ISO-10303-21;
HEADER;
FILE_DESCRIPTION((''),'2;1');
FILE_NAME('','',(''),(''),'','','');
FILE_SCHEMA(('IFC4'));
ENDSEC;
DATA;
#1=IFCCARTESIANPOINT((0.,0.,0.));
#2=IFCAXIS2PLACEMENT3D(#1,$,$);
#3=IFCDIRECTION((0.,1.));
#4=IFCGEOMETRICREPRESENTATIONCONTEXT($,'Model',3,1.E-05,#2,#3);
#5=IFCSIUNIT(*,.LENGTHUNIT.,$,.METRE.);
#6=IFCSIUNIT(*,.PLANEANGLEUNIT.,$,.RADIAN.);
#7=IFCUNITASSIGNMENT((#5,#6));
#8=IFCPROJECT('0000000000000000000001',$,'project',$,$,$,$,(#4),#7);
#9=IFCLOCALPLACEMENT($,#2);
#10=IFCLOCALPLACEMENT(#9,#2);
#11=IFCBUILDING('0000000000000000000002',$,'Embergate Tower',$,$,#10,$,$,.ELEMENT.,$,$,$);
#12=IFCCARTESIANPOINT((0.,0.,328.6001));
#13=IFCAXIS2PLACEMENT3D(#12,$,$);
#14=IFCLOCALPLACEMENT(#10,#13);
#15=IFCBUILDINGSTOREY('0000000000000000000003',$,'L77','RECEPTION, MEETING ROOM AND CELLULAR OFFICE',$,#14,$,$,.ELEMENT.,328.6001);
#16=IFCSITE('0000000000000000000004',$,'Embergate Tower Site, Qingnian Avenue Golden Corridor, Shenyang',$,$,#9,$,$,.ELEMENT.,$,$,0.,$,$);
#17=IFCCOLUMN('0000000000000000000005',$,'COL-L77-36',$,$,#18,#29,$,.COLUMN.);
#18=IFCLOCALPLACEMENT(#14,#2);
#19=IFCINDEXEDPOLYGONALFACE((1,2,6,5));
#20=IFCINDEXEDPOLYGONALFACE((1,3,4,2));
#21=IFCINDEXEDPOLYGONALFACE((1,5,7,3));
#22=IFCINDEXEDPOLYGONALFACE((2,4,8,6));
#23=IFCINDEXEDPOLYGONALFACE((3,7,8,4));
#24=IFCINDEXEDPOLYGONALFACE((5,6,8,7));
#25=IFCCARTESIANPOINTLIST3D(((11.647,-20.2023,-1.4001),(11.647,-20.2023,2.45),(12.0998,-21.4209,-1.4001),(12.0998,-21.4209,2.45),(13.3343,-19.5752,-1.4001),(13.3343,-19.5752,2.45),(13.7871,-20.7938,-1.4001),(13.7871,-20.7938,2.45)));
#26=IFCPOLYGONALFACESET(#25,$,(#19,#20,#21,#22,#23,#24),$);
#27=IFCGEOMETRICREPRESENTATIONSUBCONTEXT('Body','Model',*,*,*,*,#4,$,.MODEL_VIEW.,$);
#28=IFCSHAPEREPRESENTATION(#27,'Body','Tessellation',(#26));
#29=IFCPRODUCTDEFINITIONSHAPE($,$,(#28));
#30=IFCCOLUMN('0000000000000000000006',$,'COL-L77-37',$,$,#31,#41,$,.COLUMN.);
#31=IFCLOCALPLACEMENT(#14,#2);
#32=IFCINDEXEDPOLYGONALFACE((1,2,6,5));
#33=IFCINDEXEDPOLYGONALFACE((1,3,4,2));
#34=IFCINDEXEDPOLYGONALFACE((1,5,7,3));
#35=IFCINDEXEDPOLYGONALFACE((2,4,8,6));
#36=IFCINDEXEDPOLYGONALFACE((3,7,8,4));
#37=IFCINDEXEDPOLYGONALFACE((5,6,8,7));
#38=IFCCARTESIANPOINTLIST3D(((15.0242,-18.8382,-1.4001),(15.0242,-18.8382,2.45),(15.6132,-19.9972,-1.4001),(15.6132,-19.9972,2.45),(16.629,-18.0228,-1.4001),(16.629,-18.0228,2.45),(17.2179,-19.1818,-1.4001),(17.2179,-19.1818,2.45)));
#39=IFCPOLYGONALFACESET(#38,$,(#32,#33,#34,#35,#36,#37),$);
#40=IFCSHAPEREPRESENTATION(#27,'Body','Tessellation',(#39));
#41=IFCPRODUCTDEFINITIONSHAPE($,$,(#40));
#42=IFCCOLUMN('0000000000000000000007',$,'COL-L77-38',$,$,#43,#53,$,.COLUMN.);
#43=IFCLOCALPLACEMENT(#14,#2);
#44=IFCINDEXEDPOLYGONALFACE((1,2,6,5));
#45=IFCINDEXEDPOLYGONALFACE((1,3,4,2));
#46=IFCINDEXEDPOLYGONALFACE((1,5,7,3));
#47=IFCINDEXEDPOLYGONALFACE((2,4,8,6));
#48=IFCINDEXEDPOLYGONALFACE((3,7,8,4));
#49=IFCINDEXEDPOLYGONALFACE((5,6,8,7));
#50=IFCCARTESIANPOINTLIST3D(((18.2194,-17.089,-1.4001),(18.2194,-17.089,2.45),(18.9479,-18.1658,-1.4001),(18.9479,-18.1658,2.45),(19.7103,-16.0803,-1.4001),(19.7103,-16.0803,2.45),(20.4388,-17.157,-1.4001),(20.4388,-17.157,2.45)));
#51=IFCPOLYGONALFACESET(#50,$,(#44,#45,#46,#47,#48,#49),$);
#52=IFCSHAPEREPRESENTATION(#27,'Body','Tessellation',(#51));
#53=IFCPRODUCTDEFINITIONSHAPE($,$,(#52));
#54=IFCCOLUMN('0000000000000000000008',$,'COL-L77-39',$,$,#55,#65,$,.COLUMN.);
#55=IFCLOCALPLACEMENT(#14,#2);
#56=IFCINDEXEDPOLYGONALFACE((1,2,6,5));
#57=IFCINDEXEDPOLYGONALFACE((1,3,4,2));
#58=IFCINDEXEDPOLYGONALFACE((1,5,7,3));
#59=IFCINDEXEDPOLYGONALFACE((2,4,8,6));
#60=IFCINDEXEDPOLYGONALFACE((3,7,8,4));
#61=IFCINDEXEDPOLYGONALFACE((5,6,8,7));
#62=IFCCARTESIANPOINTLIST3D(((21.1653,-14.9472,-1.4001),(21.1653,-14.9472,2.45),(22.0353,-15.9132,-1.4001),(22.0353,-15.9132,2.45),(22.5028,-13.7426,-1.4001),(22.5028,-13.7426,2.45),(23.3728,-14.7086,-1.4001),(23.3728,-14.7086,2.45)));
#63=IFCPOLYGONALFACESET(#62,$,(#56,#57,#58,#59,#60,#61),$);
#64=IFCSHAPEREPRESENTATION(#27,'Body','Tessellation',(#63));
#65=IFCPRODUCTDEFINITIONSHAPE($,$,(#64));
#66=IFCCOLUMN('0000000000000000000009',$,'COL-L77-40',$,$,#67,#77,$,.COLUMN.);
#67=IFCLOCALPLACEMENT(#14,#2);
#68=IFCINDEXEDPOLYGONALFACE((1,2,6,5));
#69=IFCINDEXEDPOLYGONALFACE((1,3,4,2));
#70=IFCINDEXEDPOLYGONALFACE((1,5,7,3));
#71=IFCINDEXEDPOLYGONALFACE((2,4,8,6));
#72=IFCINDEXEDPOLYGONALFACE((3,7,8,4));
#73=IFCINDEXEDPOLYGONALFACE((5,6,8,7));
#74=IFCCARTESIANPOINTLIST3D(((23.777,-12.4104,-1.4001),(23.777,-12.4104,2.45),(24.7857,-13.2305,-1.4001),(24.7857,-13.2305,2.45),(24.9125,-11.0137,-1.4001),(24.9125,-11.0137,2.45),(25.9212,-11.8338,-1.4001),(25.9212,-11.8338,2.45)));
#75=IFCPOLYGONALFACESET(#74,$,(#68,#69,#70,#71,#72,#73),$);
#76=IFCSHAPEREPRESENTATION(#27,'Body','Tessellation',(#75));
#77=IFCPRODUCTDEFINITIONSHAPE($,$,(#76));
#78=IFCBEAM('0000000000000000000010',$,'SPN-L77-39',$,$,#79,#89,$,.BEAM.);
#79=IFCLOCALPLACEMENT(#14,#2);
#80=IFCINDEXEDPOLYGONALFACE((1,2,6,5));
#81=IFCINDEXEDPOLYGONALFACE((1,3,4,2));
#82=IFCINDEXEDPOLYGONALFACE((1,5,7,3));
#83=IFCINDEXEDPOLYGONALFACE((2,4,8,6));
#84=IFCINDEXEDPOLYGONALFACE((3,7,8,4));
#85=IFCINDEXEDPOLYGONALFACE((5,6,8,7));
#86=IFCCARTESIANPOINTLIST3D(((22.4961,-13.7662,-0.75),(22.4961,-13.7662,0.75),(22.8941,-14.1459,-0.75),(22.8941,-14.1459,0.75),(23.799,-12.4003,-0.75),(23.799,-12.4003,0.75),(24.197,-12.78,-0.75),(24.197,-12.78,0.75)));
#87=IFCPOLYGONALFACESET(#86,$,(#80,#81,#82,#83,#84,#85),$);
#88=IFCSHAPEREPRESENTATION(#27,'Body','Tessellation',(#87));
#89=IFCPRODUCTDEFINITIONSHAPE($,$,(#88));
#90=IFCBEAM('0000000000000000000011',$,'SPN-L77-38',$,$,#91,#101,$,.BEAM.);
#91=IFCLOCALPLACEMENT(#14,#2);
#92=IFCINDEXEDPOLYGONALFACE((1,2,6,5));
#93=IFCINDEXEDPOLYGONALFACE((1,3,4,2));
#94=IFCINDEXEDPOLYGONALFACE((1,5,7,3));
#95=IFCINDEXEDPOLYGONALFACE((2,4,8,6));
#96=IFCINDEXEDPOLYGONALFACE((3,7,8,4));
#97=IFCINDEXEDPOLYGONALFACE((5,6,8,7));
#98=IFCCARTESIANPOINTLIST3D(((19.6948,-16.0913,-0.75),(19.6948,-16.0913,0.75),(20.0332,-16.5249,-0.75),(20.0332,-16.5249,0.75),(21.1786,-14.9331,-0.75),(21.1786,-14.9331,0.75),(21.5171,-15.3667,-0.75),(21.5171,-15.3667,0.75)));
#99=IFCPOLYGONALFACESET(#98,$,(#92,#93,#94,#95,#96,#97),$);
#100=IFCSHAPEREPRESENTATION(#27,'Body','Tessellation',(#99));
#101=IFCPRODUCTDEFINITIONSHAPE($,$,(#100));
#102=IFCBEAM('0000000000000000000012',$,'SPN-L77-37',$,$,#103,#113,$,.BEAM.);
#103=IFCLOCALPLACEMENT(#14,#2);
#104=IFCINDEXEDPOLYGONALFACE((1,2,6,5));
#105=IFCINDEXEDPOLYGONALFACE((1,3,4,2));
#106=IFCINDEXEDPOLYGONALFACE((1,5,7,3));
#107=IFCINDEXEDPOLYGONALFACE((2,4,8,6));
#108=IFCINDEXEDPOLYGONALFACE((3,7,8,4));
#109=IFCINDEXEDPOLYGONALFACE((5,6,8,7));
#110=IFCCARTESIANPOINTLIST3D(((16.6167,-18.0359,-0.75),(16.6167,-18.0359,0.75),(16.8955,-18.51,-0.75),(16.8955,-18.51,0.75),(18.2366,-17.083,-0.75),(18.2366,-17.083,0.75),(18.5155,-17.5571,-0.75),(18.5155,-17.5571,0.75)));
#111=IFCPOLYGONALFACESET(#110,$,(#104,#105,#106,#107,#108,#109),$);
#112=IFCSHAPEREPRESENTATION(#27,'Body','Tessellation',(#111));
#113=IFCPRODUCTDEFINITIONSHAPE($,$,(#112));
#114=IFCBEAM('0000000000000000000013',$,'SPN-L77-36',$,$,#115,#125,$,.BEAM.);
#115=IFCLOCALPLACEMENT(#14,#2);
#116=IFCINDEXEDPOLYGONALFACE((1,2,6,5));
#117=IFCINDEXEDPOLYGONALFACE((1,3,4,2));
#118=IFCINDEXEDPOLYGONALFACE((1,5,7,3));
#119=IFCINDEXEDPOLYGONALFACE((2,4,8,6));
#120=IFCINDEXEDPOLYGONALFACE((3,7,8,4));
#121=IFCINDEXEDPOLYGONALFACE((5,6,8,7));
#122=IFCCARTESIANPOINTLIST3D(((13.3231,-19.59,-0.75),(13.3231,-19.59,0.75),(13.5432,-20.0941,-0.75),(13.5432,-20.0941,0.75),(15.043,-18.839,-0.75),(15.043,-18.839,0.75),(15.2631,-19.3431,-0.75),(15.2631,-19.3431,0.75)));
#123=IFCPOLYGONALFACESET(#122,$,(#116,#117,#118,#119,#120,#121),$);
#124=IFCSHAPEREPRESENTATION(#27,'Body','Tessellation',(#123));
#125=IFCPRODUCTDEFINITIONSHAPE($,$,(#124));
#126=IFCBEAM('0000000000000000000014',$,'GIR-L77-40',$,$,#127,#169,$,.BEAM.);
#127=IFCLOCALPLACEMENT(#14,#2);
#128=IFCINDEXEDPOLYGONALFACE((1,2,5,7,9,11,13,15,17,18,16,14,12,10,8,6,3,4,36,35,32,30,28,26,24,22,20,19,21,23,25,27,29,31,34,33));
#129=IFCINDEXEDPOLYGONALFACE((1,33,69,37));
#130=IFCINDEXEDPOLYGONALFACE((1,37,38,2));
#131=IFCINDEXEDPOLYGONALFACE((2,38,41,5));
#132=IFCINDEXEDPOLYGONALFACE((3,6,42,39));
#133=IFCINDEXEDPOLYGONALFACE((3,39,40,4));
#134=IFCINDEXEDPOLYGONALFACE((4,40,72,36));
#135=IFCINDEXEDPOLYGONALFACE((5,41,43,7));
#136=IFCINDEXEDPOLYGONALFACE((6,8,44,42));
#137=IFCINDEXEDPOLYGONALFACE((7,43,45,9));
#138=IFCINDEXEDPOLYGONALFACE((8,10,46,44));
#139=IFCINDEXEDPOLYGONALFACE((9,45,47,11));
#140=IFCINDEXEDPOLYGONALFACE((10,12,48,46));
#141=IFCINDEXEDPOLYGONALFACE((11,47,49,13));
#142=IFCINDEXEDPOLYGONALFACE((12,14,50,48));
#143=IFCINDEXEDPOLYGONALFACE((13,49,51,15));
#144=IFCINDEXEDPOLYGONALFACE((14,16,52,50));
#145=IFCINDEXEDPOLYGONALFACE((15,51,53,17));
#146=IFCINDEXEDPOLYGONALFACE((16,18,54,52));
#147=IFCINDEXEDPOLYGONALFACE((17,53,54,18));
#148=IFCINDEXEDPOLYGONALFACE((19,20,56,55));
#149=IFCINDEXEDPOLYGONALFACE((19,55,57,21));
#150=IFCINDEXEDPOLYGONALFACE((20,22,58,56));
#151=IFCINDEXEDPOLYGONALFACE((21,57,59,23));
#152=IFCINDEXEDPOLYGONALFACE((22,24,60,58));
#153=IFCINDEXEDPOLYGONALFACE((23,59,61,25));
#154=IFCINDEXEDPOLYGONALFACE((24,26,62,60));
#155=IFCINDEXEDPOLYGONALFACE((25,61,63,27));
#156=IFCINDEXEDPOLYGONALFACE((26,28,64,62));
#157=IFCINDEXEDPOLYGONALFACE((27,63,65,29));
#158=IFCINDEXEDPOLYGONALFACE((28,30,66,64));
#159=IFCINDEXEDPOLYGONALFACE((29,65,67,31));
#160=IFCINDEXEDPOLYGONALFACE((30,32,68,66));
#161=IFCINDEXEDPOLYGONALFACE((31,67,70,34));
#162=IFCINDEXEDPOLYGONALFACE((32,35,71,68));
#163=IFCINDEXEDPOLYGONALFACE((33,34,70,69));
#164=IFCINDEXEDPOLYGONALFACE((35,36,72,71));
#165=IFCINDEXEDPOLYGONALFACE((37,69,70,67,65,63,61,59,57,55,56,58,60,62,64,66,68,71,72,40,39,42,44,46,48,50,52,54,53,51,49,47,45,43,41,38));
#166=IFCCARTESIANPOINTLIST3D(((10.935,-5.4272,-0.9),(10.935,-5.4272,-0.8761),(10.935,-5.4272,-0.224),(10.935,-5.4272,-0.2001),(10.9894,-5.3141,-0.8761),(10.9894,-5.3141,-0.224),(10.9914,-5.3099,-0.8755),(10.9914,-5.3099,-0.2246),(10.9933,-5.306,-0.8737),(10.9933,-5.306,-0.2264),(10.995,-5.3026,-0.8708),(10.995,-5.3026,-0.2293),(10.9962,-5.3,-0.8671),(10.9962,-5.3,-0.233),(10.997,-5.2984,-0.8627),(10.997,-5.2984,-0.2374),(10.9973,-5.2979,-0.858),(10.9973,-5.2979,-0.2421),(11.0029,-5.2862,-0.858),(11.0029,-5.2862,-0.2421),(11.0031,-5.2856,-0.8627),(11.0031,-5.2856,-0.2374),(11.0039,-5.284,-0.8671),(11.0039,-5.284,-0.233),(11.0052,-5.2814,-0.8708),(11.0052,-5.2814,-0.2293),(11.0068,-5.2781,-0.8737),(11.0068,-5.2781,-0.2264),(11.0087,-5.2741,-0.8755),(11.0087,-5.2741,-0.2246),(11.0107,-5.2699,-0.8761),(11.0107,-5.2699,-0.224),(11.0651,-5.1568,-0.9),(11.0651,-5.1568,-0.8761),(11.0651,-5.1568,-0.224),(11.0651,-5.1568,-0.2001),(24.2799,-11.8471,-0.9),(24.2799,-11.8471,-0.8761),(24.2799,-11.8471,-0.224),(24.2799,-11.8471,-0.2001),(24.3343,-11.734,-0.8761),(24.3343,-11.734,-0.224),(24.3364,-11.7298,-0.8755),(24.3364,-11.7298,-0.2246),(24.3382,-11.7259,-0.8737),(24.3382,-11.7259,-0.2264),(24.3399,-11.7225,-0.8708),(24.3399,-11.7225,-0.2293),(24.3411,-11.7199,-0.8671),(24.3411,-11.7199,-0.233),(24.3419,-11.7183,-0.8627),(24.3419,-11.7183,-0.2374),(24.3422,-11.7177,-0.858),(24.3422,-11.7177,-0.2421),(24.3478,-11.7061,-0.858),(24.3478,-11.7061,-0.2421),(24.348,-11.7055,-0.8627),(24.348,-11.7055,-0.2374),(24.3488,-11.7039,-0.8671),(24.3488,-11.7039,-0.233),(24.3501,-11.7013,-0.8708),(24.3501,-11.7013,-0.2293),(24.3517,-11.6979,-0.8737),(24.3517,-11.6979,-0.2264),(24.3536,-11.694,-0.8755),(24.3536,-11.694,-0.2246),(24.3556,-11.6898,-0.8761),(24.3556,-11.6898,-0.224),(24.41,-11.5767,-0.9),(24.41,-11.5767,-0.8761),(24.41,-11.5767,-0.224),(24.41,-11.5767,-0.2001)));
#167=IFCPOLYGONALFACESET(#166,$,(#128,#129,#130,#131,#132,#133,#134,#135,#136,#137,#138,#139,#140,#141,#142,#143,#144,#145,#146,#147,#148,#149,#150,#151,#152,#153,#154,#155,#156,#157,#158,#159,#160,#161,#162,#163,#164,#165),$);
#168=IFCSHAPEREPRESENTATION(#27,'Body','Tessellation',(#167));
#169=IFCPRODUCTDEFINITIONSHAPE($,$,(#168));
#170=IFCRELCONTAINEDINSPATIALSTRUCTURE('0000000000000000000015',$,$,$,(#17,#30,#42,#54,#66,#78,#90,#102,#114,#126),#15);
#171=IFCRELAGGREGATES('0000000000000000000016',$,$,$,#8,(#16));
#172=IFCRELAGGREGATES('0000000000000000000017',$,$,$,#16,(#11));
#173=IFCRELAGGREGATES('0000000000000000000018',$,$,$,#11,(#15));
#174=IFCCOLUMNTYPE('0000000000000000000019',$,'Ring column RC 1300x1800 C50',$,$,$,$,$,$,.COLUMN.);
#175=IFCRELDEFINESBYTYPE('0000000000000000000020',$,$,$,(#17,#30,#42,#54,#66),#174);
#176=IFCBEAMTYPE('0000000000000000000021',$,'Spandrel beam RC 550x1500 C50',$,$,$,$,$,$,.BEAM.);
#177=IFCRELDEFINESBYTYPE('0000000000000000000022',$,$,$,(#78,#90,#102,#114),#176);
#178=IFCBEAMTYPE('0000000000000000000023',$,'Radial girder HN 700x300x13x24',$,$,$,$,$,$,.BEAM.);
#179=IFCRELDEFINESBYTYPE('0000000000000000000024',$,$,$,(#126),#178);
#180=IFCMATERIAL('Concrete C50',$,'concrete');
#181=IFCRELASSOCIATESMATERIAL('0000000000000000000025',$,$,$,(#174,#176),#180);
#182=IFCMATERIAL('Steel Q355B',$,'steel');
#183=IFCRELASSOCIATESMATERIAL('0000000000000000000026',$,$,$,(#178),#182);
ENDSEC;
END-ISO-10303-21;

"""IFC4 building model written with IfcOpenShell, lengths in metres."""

from ifc_helpers import new_model, si_unit, direction, frame, origin, origin_2d, place, context, subcontext, project, spatial, rectangle, i_section, extrude, source, transform, mapped, material, material_profile, profile_set, type_object, element, save


model = new_model("IFC4")

# Units and contexts
model_context = context("Model", 3, precision=1e-05, world=origin(), true_north=direction((0.0, 1.0)))
body_context = subcontext(model_context, "Body", "Model", "MODEL_VIEW")
ifc_project = project(units=[si_unit("LENGTHUNIT", "METRE"), si_unit("PLANEANGLEUNIT", "RADIAN")], contexts=[model_context])

# Site, building, storey
site_placement = place(None, origin())
site = spatial("IfcSite", under=ifc_project, at=site_placement, Name="Embergate Tower Site, Qingnian Avenue Golden Corridor, Shenyang", CompositionType="ELEMENT", RefElevation=0.0)
building_placement = place(site_placement, origin())
building = spatial("IfcBuilding", under=site, at=building_placement, Name="Embergate Tower", CompositionType="ELEMENT")
storey_placement = place(building_placement, frame((0.0, 0.0, 328.6001)))
storey = spatial("IfcBuildingStorey", under=building, at=storey_placement, Name="L77", Description="RECEPTION, MEETING ROOM AND CELLULAR OFFICE", CompositionType="ELEMENT", Elevation=328.6001)

# Columns
ifc_material_1 = material(Name="Concrete C50", Category="concrete")
ifc_material_profile_1 = material_profile(ifc_material_1, rectangle(XDim=1.3, YDim=1.8, at=origin_2d()), Name="RC 1300x1800")
ifc_profile_set_1 = profile_set([ifc_material_profile_1], Name="Concrete C50")
column_type = type_object("IfcColumnType", Name="Ring column RC 1300x1800 C50", PredefinedType="COLUMN", material=ifc_profile_set_1)
shared_shape_1 = source(origin(), body_context, "Body", "SweptSolid", [
    extrude(rectangle(XDim=1.3, YDim=1.8, at=origin_2d()), origin(), (0.0, 0.0, 1.0), 3.8501),
])
for number, where, z_axis, x_axis, name in (
    (1, (12.717, -20.498, -1.4001), (0.0, 0.0, 1.0), (0.348343, -0.937367, 0.0), "COL-L77-36"),
    (2, (16.1211, -19.01, -1.4001), (0.0, 0.0, 1.0), (0.453011, -0.891505, 0.0), "COL-L77-37"),
    (3, (19.3291, -17.123, -1.4001), (0.0, 0.0, 1.0), (0.560393, -0.828227, 0.0), "COL-L77-38"),
    (4, (22.269, -14.8279, -1.4001), (0.0, 0.0, 1.0), (0.669221, -0.743063, 0.0), "COL-L77-39"),
    (5, (24.8491, -12.1221, -1.4001), (0.0, 0.0, 1.0), (0.775925, -0.630825, 0.0), "COL-L77-40"),
):
    element("IfcColumn", number, at=place(storey_placement, frame(where, z_axis=z_axis, x_axis=x_axis)), inside=storey, type_object=column_type, Name=name, PredefinedType="COLUMN", context=body_context, shape_type="MappedRepresentation", body=[
        mapped(shared_shape_1, transform((0.0, 0.0, 0.0))),
    ])

# Beams
ifc_material_profile_2 = material_profile(ifc_material_1, rectangle(XDim=0.55, YDim=1.5, at=origin_2d()), Name="RC 550x1500")
ifc_profile_set_2 = profile_set([ifc_material_profile_2], Name="Concrete C50")
beam_type_1 = type_object("IfcBeamType", Name="Spandrel beam RC 550x1500 C50", PredefinedType="BEAM", material=ifc_profile_set_2)
shared_shape_2 = source(origin(), body_context, "Body", "SweptSolid", [
    extrude(rectangle(XDim=0.55, YDim=1.5, at=origin_2d()), origin(), (0.0, 0.0, 1.0), 1.8877),
])
beam_1_placement = place(storey_placement, frame((22.6951, -13.9561, 0.0), z_axis=(0.690227, 0.723593, 0.0), x_axis=(-0.723593, 0.690227, 0.0)))
element("IfcBeam", 6, at=beam_1_placement, inside=storey, type_object=beam_type_1, Name="SPN-L77-39", PredefinedType="BEAM", context=body_context, shape_type="MappedRepresentation", body=[
    mapped(shared_shape_2, transform((0.0, 0.0, 0.0))),
])
shared_shape_3 = source(origin(), body_context, "Body", "SweptSolid", [
    extrude(rectangle(XDim=0.55, YDim=1.5, at=origin_2d()), origin(), (0.0, 0.0, 1.0), 1.8823),
])
beam_2_placement = place(storey_placement, frame((19.864, -16.3081, 0.0), z_axis=(0.788304, 0.615287, 0.0), x_axis=(-0.615287, 0.788304, 0.0)))
element("IfcBeam", 7, at=beam_2_placement, inside=storey, type_object=beam_type_1, Name="SPN-L77-38", PredefinedType="BEAM", context=body_context, shape_type="MappedRepresentation", body=[
    mapped(shared_shape_3, transform((0.0, 0.0, 0.0))),
])
shared_shape_4 = source(origin(), body_context, "Body", "SweptSolid", [
    extrude(rectangle(XDim=0.55, YDim=1.5, at=origin_2d()), origin(), (0.0, 0.0, 1.0), 1.8794),
])
beam_3_placement = place(storey_placement, frame((16.7561, -18.2729, 0.0), z_axis=(0.861931, 0.507026, 0.0), x_axis=(-0.507026, 0.861931, 0.0)))
element("IfcBeam", 8, at=beam_3_placement, inside=storey, type_object=beam_type_1, Name="SPN-L77-37", PredefinedType="BEAM", context=body_context, shape_type="MappedRepresentation", body=[
    mapped(shared_shape_4, transform((0.0, 0.0, 0.0))),
])
shared_shape_5 = source(origin(), body_context, "Body", "SweptSolid", [
    extrude(rectangle(XDim=0.55, YDim=1.5, at=origin_2d()), origin(), (0.0, 0.0, 1.0), 1.8767),
])
beam_4_placement = place(storey_placement, frame((13.4331, -19.842, 0.0), z_axis=(0.916453, 0.400143, 0.0), x_axis=(-0.400143, 0.916453, 0.0)))
element("IfcBeam", 9, at=beam_4_placement, inside=storey, type_object=beam_type_1, Name="SPN-L77-36", PredefinedType="BEAM", context=body_context, shape_type="MappedRepresentation", body=[
    mapped(shared_shape_5, transform((0.0, 0.0, 0.0))),
])
ifc_material_2 = material(Name="Steel Q355B", Category="steel")
ifc_material_profile_3 = material_profile(ifc_material_2, i_section(OverallWidth=0.3, OverallDepth=0.7, WebThickness=0.0129, FlangeThickness=0.0239, FilletRadius=0.0181, at=origin_2d()), Name="HN 700x300x13x24")
ifc_profile_set_3 = profile_set([ifc_material_profile_3], Name="Steel Q355 grade B")
beam_type_2 = type_object("IfcBeamType", Name="Radial girder HN 700x300x13x24", PredefinedType="BEAM", material=ifc_profile_set_3)
shared_shape_6 = source(origin(), body_context, "Body", "SweptSolid", [
    extrude(i_section(OverallWidth=0.3, OverallDepth=0.7, WebThickness=0.0129, FlangeThickness=0.0239, FilletRadius=0.0181, at=origin_2d()), origin(), (0.0, 0.0, 1.0), 14.8088),
])
beam_5_placement = place(storey_placement, frame((24.345, -11.7119, -0.55), z_axis=(-0.901145, 0.433518, 0.0), x_axis=(-0.433518, -0.901145, 0.0)))
element("IfcBeam", 10, at=beam_5_placement, inside=storey, type_object=beam_type_2, Name="GIR-L77-40", PredefinedType="BEAM", context=body_context, shape_type="MappedRepresentation", body=[
    mapped(shared_shape_6, transform((0.0, 0.0, 0.0))),
])

save(model, "model.ifc")
